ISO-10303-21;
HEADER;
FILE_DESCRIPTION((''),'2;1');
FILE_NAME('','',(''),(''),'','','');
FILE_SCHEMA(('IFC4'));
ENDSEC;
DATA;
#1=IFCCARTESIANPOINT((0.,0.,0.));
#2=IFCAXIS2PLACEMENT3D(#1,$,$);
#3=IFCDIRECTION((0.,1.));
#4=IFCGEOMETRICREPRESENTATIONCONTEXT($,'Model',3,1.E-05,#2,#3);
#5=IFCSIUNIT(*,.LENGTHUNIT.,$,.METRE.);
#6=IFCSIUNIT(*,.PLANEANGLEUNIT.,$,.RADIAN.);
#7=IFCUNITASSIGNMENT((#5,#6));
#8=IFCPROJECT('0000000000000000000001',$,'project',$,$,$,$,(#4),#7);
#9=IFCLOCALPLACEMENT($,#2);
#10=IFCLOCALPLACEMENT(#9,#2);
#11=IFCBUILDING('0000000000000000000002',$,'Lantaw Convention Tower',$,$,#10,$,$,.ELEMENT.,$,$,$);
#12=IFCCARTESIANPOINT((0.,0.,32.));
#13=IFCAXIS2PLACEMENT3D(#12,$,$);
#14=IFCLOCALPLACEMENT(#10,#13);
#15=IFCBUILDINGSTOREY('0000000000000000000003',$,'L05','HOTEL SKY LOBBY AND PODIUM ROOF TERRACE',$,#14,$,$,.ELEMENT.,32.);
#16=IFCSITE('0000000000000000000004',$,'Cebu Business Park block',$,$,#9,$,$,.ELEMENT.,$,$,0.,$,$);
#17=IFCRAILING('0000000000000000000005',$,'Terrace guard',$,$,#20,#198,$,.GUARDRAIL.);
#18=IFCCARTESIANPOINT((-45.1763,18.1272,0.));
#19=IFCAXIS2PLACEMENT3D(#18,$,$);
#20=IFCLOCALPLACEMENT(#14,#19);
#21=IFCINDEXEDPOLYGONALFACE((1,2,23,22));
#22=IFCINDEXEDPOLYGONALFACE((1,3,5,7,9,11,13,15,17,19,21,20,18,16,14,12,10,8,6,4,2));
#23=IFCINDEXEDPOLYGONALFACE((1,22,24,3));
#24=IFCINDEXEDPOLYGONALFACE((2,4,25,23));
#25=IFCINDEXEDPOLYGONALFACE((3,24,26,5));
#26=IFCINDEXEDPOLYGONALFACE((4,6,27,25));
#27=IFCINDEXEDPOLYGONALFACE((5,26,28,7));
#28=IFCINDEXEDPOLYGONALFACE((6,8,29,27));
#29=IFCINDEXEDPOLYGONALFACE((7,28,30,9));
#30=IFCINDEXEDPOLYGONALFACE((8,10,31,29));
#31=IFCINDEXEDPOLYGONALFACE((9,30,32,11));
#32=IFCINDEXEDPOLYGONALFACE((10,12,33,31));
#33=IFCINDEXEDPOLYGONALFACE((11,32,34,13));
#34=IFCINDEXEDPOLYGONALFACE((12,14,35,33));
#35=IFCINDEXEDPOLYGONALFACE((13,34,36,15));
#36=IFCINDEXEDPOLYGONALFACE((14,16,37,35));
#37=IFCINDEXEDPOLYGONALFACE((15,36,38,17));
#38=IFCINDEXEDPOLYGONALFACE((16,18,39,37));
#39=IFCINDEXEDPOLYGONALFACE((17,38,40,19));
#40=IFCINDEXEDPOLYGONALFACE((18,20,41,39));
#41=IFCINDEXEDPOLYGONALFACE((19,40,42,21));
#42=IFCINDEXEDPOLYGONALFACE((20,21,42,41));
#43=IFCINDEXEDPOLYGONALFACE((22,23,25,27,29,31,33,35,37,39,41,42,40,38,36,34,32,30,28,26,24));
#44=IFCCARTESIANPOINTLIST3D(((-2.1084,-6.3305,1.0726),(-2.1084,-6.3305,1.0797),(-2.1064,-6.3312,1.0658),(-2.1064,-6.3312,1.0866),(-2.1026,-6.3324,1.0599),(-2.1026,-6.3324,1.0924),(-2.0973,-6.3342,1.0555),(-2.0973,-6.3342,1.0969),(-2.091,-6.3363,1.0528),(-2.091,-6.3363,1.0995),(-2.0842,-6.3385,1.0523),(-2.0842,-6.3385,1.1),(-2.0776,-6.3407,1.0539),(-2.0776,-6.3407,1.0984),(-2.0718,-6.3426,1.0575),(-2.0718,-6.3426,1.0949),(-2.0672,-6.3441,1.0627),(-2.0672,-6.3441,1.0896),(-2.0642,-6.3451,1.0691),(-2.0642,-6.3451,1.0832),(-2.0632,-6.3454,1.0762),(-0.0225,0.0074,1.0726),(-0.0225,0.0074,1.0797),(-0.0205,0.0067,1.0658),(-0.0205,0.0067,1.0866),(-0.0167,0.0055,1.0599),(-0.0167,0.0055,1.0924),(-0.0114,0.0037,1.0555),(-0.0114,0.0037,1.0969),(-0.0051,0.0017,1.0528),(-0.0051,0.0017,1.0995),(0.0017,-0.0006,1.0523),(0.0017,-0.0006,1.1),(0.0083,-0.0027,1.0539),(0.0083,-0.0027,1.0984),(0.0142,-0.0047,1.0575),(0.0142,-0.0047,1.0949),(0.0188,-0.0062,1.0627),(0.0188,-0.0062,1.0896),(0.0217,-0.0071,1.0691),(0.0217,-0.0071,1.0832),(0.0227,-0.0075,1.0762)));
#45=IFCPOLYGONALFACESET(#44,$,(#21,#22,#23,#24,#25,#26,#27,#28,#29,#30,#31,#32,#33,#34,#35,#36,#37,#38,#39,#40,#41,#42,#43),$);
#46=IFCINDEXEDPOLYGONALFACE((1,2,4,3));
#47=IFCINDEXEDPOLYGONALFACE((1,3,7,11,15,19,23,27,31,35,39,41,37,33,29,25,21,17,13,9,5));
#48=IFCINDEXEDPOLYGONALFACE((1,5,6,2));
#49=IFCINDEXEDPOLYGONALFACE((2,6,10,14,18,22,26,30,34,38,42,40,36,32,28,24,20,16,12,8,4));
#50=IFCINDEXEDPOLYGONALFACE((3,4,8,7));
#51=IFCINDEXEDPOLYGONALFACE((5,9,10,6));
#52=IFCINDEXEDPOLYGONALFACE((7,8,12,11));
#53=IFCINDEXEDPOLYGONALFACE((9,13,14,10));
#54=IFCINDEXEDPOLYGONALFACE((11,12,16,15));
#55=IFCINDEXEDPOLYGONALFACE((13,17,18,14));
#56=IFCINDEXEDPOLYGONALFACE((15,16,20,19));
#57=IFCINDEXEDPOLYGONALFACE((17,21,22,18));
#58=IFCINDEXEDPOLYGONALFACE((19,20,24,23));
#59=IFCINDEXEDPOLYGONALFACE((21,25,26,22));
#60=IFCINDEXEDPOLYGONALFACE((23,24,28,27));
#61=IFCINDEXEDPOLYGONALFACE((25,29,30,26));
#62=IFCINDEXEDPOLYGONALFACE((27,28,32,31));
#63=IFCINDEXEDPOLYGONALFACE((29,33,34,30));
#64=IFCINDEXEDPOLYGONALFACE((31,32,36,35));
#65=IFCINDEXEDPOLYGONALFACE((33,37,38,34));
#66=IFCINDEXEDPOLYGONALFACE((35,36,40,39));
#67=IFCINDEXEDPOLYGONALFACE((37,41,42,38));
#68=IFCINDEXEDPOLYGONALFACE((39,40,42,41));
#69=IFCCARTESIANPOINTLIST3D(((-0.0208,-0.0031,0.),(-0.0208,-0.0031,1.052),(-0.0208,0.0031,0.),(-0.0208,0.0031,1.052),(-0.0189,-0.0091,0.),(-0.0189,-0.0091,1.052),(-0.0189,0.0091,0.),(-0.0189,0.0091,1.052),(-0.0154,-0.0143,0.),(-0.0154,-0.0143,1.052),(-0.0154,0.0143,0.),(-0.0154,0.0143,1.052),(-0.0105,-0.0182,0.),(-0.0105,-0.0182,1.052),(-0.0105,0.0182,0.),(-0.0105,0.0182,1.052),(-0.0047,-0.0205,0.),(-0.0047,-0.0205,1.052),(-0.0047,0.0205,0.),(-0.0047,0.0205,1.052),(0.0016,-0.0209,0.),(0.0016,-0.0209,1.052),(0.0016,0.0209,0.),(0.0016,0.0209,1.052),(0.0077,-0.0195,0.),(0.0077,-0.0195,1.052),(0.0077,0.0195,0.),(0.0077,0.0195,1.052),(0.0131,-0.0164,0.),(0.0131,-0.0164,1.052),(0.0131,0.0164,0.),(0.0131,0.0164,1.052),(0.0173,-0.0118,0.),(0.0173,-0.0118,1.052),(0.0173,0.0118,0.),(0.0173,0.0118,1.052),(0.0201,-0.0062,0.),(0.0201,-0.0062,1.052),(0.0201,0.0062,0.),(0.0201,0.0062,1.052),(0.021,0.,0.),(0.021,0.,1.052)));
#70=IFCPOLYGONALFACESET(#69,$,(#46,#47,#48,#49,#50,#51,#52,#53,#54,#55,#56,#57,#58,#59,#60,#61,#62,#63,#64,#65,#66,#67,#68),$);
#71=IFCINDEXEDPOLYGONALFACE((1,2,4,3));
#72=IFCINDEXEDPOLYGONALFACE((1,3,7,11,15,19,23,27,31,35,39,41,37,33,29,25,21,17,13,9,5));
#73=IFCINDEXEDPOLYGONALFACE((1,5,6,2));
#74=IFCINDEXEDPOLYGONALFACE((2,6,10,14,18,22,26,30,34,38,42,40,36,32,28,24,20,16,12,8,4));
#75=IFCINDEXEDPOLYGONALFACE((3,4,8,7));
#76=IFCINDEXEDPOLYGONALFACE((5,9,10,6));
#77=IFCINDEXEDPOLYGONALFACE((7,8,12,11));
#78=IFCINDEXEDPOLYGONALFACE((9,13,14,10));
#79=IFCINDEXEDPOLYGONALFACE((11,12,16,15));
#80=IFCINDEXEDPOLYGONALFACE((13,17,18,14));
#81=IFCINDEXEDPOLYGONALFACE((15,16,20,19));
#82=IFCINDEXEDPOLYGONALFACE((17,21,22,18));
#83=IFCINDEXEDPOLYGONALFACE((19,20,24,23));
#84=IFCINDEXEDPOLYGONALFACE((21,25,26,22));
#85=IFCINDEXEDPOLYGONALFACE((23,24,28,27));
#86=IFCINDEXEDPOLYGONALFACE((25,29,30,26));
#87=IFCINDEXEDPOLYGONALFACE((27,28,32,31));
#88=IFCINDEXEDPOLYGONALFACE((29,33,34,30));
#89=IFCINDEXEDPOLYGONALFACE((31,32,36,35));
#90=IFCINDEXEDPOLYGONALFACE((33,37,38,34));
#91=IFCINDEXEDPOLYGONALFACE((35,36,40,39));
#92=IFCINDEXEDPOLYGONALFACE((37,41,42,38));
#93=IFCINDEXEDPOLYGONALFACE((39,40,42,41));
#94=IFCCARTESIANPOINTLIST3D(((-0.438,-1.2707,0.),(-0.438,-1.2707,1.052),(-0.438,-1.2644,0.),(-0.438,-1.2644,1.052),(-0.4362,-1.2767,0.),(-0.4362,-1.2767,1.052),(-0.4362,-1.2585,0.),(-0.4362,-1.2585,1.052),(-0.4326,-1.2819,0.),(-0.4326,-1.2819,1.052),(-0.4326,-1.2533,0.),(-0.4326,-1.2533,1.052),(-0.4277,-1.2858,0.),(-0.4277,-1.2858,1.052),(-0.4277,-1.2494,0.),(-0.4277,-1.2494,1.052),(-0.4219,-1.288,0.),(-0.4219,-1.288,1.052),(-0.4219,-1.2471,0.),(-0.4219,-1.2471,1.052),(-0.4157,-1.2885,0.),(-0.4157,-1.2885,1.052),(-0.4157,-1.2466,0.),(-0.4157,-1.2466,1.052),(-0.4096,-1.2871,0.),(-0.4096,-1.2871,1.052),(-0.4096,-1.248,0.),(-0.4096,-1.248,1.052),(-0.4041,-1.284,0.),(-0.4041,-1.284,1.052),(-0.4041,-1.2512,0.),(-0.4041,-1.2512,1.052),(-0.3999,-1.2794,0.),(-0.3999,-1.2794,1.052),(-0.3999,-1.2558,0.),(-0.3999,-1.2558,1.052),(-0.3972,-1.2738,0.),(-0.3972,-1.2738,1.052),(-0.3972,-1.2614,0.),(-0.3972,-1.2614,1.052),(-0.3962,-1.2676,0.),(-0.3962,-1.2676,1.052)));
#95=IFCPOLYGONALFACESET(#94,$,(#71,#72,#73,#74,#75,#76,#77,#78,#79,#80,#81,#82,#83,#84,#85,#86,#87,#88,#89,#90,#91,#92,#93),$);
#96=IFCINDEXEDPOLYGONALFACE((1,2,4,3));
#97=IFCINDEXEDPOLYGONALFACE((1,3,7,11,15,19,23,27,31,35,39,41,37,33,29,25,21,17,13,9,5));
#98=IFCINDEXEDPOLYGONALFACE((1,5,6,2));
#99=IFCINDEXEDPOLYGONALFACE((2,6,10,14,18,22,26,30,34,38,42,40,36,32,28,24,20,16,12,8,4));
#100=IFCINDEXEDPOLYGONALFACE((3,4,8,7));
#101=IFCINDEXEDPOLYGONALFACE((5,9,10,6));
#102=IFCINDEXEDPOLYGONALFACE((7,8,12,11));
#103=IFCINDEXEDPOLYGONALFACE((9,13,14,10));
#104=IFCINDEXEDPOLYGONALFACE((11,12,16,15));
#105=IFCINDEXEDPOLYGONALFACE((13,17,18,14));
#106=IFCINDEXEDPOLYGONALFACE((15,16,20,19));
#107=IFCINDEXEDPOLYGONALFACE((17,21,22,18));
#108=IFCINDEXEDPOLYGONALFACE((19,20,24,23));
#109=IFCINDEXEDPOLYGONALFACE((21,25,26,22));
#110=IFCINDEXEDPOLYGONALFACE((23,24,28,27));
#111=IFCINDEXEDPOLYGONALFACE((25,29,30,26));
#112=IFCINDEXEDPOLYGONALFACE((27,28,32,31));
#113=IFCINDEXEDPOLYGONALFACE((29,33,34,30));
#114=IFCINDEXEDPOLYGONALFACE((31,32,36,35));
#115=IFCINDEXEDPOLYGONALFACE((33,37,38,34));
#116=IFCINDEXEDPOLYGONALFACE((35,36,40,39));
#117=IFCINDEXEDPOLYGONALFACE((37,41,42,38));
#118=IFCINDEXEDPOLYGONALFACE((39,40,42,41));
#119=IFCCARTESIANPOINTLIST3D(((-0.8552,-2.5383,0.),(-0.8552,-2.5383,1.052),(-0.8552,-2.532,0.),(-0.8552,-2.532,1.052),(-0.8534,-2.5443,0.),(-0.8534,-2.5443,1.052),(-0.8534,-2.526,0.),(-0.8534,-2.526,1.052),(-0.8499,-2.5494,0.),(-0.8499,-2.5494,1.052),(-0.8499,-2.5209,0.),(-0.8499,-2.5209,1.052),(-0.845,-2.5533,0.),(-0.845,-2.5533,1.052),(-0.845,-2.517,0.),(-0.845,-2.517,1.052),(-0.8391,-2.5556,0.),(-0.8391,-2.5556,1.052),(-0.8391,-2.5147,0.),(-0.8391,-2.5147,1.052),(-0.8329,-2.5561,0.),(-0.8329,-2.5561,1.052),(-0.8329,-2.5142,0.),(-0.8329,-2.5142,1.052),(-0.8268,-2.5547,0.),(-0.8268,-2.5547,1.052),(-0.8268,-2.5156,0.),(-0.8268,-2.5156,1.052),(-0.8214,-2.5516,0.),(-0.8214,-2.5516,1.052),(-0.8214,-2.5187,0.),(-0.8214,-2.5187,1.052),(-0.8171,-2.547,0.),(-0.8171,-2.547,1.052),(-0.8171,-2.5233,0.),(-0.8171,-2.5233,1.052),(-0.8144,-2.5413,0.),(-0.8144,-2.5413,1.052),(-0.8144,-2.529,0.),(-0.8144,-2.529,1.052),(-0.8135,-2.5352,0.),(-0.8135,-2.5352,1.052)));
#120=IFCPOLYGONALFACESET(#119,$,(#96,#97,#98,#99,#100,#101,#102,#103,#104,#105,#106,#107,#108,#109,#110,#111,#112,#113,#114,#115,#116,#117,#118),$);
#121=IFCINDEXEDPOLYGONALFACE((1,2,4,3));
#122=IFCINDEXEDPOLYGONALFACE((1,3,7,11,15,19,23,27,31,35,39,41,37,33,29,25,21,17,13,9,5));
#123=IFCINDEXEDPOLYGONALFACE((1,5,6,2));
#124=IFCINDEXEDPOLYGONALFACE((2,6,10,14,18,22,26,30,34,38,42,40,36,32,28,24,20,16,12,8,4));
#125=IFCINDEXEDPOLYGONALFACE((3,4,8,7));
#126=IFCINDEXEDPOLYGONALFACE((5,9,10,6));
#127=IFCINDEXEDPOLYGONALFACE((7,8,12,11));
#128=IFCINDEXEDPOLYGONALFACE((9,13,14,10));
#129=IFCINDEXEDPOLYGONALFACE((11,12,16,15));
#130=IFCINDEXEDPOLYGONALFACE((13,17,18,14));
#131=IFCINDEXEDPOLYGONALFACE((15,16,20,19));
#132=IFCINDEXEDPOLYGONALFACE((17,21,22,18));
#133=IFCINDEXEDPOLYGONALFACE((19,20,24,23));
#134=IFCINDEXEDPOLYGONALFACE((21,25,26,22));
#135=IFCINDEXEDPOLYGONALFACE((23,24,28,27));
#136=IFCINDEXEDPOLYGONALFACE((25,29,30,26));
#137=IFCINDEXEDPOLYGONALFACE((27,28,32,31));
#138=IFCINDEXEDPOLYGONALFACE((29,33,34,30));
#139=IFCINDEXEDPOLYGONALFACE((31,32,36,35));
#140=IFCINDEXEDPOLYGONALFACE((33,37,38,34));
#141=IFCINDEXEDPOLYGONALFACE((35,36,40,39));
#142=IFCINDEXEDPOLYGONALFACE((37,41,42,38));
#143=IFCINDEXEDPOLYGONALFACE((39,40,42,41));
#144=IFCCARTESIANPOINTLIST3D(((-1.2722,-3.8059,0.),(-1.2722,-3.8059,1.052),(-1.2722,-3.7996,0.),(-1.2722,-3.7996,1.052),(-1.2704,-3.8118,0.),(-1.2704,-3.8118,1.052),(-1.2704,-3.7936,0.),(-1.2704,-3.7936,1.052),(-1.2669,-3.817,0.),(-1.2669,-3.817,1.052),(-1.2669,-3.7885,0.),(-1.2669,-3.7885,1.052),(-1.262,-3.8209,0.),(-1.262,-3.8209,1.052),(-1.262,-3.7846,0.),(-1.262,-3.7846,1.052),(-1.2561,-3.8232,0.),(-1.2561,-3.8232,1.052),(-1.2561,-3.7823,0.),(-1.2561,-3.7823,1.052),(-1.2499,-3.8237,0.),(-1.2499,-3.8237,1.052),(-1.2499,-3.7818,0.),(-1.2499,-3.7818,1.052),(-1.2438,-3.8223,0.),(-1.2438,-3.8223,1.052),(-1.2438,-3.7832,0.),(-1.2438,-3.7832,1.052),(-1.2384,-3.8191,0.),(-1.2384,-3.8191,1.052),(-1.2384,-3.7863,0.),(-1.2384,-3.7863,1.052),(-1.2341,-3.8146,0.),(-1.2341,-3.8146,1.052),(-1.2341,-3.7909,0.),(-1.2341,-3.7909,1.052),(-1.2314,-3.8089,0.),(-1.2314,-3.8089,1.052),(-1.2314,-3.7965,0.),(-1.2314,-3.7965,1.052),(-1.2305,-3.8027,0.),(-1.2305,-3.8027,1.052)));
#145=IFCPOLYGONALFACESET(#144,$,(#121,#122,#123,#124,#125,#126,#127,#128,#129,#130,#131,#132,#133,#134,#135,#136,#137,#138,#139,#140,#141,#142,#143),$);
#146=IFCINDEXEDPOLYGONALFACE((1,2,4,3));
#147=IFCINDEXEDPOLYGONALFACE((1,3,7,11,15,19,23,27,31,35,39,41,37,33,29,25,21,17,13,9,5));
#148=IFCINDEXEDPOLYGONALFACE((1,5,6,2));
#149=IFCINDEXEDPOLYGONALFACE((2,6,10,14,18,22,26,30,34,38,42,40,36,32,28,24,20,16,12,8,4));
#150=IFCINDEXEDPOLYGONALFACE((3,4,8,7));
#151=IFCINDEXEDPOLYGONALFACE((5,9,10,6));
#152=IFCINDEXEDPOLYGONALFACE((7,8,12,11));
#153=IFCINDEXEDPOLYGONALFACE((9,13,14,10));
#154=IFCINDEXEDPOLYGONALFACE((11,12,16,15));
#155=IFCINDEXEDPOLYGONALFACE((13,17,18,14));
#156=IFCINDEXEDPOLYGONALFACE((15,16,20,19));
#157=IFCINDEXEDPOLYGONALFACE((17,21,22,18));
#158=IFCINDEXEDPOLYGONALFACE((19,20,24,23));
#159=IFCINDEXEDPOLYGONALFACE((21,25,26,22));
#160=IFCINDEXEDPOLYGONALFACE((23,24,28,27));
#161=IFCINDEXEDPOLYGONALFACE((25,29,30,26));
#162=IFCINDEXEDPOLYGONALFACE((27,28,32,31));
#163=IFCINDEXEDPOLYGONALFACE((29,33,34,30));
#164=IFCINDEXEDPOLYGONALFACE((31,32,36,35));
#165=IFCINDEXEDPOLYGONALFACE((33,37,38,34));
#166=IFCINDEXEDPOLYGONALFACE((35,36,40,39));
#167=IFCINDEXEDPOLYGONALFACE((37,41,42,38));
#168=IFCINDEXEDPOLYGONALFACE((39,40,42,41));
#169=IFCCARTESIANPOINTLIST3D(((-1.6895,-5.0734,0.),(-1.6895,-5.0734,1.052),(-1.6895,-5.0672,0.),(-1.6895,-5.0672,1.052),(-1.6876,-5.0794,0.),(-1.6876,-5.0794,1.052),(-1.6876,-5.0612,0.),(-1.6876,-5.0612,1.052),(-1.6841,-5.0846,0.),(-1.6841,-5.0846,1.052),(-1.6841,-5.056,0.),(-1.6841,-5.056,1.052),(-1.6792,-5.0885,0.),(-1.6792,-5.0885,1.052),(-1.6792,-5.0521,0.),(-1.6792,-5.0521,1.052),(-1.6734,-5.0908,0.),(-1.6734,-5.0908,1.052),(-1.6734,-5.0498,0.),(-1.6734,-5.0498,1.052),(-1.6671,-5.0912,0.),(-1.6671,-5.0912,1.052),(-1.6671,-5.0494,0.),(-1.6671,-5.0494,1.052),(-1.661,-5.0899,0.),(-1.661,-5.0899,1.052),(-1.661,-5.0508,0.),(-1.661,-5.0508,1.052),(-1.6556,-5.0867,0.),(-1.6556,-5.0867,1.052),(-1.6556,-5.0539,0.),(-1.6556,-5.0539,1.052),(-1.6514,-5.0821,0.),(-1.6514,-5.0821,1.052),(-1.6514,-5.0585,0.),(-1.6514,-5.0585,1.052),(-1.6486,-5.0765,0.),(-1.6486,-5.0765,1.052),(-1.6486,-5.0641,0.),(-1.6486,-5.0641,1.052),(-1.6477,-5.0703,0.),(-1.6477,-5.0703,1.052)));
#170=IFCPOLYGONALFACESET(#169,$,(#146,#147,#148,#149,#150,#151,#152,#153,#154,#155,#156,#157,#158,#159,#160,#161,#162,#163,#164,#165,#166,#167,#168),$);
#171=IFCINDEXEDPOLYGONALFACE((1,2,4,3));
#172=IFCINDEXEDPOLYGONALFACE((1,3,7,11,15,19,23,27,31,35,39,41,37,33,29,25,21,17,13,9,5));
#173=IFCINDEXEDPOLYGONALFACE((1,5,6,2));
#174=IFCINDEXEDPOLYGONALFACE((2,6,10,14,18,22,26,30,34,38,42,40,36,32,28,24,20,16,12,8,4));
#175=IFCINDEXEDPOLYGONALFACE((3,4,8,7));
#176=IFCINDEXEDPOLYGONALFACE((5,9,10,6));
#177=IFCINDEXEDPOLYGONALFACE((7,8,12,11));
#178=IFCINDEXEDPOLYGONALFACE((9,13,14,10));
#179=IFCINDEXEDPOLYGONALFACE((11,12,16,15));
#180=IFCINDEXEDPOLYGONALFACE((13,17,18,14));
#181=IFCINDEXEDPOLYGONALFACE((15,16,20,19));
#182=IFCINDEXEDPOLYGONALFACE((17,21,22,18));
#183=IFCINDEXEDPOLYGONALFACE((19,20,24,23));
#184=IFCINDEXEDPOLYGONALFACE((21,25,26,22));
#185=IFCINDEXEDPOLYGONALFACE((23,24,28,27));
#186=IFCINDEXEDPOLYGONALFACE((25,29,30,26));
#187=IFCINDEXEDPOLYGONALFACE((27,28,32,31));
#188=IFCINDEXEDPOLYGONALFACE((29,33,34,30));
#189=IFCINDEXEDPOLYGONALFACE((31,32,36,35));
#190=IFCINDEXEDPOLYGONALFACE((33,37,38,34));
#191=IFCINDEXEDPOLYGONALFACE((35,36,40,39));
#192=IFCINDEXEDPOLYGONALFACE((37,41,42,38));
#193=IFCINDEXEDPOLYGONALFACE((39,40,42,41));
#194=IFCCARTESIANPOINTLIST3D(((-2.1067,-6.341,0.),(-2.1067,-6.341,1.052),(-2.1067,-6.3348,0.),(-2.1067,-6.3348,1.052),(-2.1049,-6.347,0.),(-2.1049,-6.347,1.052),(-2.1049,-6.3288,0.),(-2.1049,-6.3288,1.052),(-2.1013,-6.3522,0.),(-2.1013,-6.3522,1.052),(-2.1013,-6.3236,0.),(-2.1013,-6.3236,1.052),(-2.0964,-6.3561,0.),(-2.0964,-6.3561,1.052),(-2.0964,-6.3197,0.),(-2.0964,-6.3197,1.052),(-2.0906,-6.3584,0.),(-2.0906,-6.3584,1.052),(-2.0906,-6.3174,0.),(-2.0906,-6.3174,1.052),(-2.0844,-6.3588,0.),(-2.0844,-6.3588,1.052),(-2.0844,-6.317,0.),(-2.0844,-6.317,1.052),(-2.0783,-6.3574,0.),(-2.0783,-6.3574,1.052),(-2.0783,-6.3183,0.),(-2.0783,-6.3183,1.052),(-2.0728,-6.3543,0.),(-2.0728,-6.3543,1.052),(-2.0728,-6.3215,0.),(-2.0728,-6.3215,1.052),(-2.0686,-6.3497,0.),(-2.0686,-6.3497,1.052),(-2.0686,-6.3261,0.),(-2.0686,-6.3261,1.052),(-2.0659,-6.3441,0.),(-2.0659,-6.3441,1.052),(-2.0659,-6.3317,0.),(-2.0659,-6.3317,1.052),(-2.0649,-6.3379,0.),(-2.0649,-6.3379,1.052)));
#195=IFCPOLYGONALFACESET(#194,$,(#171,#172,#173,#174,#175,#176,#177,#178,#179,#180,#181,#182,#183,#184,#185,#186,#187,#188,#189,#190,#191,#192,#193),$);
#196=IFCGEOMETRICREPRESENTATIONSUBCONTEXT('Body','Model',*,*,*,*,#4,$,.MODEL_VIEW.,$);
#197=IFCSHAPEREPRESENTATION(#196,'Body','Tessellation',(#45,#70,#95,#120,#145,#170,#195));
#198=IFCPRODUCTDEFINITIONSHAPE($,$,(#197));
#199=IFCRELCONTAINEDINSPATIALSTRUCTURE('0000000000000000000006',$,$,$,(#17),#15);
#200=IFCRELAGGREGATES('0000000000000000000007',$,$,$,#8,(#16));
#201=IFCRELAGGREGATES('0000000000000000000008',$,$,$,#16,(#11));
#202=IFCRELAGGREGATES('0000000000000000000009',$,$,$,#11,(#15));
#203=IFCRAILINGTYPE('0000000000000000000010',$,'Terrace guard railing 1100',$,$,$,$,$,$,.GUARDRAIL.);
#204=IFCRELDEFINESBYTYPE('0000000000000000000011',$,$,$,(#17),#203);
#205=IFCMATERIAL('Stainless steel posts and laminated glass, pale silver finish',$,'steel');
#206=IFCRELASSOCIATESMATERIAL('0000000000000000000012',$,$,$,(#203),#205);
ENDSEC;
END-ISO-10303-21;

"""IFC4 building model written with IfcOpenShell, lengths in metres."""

from ifc_helpers import new_model, si_unit, direction, frame, origin, origin_2d, place, context, subcontext, project, spatial, circle, extrude, material, type_object, element, save


model = new_model("IFC4")

# Units and contexts
model_context = context("Model", 3, precision=1e-05, world=origin(), true_north=direction((0.0, 1.0)))
body_context = subcontext(model_context, "Body", "Model", "MODEL_VIEW")
ifc_project = project(units=[si_unit("LENGTHUNIT", "METRE"), si_unit("PLANEANGLEUNIT", "RADIAN")], contexts=[model_context])

# Site, building, storey
site_placement = place(None, origin())
site = spatial("IfcSite", under=ifc_project, at=site_placement, Name="Cebu Business Park block", CompositionType="ELEMENT", RefElevation=0.0)
building_placement = place(site_placement, origin())
building = spatial("IfcBuilding", under=site, at=building_placement, Name="Lantaw Convention Tower", CompositionType="ELEMENT")
storey_placement = place(building_placement, frame((0.0, 0.0, 32.0)))
storey = spatial("IfcBuildingStorey", under=building, at=storey_placement, Name="L05", Description="HOTEL SKY LOBBY AND PODIUM ROOF TERRACE", CompositionType="ELEMENT", Elevation=32.0)

# Railing
ifc_material_1 = material(Name="Stainless steel posts and laminated glass, pale silver finish", Category="steel")
railing_type_1 = type_object("IfcRailingType", Name="Terrace guard railing 1100", PredefinedType="GUARDRAIL", material=ifc_material_1)
railing_1_placement = place(storey_placement, frame((-45.1763, 18.1272, 0.0)))
element("IfcRailing", 1, at=railing_1_placement, inside=storey, type_object=railing_type_1, Name="Terrace guard", PredefinedType="GUARDRAIL", context=body_context, shape_type="SweptSolid", body=[
    extrude(circle(Radius=0.0239, at=origin_2d()), frame((0.0, 0.0, 1.0762), z_axis=(-0.312625, -0.949877, 0.0), x_axis=(0.949877, -0.312625, 0.0)), (0.0, 0.0, 1.0), 6.6724),
    extrude(circle(Radius=0.021, at=origin_2d()), origin(), (0.0, 0.0, 1.0), 1.052),
    extrude(circle(Radius=0.021, at=origin_2d()), frame((-0.4172, -1.2676, 0.0)), (0.0, 0.0, 1.0), 1.052),
    extrude(circle(Radius=0.021, at=origin_2d()), frame((-0.8345, -2.5352, 0.0)), (0.0, 0.0, 1.0), 1.052),
    extrude(circle(Radius=0.021, at=origin_2d()), frame((-1.2515, -3.8027, 0.0)), (0.0, 0.0, 1.0), 1.052),
    extrude(circle(Radius=0.021, at=origin_2d()), frame((-1.6687, -5.0703, 0.0)), (0.0, 0.0, 1.0), 1.052),
    extrude(circle(Radius=0.021, at=origin_2d()), frame((-2.0859, -6.3379, 0.0)), (0.0, 0.0, 1.0), 1.052),
])

save(model, "model.ifc")
